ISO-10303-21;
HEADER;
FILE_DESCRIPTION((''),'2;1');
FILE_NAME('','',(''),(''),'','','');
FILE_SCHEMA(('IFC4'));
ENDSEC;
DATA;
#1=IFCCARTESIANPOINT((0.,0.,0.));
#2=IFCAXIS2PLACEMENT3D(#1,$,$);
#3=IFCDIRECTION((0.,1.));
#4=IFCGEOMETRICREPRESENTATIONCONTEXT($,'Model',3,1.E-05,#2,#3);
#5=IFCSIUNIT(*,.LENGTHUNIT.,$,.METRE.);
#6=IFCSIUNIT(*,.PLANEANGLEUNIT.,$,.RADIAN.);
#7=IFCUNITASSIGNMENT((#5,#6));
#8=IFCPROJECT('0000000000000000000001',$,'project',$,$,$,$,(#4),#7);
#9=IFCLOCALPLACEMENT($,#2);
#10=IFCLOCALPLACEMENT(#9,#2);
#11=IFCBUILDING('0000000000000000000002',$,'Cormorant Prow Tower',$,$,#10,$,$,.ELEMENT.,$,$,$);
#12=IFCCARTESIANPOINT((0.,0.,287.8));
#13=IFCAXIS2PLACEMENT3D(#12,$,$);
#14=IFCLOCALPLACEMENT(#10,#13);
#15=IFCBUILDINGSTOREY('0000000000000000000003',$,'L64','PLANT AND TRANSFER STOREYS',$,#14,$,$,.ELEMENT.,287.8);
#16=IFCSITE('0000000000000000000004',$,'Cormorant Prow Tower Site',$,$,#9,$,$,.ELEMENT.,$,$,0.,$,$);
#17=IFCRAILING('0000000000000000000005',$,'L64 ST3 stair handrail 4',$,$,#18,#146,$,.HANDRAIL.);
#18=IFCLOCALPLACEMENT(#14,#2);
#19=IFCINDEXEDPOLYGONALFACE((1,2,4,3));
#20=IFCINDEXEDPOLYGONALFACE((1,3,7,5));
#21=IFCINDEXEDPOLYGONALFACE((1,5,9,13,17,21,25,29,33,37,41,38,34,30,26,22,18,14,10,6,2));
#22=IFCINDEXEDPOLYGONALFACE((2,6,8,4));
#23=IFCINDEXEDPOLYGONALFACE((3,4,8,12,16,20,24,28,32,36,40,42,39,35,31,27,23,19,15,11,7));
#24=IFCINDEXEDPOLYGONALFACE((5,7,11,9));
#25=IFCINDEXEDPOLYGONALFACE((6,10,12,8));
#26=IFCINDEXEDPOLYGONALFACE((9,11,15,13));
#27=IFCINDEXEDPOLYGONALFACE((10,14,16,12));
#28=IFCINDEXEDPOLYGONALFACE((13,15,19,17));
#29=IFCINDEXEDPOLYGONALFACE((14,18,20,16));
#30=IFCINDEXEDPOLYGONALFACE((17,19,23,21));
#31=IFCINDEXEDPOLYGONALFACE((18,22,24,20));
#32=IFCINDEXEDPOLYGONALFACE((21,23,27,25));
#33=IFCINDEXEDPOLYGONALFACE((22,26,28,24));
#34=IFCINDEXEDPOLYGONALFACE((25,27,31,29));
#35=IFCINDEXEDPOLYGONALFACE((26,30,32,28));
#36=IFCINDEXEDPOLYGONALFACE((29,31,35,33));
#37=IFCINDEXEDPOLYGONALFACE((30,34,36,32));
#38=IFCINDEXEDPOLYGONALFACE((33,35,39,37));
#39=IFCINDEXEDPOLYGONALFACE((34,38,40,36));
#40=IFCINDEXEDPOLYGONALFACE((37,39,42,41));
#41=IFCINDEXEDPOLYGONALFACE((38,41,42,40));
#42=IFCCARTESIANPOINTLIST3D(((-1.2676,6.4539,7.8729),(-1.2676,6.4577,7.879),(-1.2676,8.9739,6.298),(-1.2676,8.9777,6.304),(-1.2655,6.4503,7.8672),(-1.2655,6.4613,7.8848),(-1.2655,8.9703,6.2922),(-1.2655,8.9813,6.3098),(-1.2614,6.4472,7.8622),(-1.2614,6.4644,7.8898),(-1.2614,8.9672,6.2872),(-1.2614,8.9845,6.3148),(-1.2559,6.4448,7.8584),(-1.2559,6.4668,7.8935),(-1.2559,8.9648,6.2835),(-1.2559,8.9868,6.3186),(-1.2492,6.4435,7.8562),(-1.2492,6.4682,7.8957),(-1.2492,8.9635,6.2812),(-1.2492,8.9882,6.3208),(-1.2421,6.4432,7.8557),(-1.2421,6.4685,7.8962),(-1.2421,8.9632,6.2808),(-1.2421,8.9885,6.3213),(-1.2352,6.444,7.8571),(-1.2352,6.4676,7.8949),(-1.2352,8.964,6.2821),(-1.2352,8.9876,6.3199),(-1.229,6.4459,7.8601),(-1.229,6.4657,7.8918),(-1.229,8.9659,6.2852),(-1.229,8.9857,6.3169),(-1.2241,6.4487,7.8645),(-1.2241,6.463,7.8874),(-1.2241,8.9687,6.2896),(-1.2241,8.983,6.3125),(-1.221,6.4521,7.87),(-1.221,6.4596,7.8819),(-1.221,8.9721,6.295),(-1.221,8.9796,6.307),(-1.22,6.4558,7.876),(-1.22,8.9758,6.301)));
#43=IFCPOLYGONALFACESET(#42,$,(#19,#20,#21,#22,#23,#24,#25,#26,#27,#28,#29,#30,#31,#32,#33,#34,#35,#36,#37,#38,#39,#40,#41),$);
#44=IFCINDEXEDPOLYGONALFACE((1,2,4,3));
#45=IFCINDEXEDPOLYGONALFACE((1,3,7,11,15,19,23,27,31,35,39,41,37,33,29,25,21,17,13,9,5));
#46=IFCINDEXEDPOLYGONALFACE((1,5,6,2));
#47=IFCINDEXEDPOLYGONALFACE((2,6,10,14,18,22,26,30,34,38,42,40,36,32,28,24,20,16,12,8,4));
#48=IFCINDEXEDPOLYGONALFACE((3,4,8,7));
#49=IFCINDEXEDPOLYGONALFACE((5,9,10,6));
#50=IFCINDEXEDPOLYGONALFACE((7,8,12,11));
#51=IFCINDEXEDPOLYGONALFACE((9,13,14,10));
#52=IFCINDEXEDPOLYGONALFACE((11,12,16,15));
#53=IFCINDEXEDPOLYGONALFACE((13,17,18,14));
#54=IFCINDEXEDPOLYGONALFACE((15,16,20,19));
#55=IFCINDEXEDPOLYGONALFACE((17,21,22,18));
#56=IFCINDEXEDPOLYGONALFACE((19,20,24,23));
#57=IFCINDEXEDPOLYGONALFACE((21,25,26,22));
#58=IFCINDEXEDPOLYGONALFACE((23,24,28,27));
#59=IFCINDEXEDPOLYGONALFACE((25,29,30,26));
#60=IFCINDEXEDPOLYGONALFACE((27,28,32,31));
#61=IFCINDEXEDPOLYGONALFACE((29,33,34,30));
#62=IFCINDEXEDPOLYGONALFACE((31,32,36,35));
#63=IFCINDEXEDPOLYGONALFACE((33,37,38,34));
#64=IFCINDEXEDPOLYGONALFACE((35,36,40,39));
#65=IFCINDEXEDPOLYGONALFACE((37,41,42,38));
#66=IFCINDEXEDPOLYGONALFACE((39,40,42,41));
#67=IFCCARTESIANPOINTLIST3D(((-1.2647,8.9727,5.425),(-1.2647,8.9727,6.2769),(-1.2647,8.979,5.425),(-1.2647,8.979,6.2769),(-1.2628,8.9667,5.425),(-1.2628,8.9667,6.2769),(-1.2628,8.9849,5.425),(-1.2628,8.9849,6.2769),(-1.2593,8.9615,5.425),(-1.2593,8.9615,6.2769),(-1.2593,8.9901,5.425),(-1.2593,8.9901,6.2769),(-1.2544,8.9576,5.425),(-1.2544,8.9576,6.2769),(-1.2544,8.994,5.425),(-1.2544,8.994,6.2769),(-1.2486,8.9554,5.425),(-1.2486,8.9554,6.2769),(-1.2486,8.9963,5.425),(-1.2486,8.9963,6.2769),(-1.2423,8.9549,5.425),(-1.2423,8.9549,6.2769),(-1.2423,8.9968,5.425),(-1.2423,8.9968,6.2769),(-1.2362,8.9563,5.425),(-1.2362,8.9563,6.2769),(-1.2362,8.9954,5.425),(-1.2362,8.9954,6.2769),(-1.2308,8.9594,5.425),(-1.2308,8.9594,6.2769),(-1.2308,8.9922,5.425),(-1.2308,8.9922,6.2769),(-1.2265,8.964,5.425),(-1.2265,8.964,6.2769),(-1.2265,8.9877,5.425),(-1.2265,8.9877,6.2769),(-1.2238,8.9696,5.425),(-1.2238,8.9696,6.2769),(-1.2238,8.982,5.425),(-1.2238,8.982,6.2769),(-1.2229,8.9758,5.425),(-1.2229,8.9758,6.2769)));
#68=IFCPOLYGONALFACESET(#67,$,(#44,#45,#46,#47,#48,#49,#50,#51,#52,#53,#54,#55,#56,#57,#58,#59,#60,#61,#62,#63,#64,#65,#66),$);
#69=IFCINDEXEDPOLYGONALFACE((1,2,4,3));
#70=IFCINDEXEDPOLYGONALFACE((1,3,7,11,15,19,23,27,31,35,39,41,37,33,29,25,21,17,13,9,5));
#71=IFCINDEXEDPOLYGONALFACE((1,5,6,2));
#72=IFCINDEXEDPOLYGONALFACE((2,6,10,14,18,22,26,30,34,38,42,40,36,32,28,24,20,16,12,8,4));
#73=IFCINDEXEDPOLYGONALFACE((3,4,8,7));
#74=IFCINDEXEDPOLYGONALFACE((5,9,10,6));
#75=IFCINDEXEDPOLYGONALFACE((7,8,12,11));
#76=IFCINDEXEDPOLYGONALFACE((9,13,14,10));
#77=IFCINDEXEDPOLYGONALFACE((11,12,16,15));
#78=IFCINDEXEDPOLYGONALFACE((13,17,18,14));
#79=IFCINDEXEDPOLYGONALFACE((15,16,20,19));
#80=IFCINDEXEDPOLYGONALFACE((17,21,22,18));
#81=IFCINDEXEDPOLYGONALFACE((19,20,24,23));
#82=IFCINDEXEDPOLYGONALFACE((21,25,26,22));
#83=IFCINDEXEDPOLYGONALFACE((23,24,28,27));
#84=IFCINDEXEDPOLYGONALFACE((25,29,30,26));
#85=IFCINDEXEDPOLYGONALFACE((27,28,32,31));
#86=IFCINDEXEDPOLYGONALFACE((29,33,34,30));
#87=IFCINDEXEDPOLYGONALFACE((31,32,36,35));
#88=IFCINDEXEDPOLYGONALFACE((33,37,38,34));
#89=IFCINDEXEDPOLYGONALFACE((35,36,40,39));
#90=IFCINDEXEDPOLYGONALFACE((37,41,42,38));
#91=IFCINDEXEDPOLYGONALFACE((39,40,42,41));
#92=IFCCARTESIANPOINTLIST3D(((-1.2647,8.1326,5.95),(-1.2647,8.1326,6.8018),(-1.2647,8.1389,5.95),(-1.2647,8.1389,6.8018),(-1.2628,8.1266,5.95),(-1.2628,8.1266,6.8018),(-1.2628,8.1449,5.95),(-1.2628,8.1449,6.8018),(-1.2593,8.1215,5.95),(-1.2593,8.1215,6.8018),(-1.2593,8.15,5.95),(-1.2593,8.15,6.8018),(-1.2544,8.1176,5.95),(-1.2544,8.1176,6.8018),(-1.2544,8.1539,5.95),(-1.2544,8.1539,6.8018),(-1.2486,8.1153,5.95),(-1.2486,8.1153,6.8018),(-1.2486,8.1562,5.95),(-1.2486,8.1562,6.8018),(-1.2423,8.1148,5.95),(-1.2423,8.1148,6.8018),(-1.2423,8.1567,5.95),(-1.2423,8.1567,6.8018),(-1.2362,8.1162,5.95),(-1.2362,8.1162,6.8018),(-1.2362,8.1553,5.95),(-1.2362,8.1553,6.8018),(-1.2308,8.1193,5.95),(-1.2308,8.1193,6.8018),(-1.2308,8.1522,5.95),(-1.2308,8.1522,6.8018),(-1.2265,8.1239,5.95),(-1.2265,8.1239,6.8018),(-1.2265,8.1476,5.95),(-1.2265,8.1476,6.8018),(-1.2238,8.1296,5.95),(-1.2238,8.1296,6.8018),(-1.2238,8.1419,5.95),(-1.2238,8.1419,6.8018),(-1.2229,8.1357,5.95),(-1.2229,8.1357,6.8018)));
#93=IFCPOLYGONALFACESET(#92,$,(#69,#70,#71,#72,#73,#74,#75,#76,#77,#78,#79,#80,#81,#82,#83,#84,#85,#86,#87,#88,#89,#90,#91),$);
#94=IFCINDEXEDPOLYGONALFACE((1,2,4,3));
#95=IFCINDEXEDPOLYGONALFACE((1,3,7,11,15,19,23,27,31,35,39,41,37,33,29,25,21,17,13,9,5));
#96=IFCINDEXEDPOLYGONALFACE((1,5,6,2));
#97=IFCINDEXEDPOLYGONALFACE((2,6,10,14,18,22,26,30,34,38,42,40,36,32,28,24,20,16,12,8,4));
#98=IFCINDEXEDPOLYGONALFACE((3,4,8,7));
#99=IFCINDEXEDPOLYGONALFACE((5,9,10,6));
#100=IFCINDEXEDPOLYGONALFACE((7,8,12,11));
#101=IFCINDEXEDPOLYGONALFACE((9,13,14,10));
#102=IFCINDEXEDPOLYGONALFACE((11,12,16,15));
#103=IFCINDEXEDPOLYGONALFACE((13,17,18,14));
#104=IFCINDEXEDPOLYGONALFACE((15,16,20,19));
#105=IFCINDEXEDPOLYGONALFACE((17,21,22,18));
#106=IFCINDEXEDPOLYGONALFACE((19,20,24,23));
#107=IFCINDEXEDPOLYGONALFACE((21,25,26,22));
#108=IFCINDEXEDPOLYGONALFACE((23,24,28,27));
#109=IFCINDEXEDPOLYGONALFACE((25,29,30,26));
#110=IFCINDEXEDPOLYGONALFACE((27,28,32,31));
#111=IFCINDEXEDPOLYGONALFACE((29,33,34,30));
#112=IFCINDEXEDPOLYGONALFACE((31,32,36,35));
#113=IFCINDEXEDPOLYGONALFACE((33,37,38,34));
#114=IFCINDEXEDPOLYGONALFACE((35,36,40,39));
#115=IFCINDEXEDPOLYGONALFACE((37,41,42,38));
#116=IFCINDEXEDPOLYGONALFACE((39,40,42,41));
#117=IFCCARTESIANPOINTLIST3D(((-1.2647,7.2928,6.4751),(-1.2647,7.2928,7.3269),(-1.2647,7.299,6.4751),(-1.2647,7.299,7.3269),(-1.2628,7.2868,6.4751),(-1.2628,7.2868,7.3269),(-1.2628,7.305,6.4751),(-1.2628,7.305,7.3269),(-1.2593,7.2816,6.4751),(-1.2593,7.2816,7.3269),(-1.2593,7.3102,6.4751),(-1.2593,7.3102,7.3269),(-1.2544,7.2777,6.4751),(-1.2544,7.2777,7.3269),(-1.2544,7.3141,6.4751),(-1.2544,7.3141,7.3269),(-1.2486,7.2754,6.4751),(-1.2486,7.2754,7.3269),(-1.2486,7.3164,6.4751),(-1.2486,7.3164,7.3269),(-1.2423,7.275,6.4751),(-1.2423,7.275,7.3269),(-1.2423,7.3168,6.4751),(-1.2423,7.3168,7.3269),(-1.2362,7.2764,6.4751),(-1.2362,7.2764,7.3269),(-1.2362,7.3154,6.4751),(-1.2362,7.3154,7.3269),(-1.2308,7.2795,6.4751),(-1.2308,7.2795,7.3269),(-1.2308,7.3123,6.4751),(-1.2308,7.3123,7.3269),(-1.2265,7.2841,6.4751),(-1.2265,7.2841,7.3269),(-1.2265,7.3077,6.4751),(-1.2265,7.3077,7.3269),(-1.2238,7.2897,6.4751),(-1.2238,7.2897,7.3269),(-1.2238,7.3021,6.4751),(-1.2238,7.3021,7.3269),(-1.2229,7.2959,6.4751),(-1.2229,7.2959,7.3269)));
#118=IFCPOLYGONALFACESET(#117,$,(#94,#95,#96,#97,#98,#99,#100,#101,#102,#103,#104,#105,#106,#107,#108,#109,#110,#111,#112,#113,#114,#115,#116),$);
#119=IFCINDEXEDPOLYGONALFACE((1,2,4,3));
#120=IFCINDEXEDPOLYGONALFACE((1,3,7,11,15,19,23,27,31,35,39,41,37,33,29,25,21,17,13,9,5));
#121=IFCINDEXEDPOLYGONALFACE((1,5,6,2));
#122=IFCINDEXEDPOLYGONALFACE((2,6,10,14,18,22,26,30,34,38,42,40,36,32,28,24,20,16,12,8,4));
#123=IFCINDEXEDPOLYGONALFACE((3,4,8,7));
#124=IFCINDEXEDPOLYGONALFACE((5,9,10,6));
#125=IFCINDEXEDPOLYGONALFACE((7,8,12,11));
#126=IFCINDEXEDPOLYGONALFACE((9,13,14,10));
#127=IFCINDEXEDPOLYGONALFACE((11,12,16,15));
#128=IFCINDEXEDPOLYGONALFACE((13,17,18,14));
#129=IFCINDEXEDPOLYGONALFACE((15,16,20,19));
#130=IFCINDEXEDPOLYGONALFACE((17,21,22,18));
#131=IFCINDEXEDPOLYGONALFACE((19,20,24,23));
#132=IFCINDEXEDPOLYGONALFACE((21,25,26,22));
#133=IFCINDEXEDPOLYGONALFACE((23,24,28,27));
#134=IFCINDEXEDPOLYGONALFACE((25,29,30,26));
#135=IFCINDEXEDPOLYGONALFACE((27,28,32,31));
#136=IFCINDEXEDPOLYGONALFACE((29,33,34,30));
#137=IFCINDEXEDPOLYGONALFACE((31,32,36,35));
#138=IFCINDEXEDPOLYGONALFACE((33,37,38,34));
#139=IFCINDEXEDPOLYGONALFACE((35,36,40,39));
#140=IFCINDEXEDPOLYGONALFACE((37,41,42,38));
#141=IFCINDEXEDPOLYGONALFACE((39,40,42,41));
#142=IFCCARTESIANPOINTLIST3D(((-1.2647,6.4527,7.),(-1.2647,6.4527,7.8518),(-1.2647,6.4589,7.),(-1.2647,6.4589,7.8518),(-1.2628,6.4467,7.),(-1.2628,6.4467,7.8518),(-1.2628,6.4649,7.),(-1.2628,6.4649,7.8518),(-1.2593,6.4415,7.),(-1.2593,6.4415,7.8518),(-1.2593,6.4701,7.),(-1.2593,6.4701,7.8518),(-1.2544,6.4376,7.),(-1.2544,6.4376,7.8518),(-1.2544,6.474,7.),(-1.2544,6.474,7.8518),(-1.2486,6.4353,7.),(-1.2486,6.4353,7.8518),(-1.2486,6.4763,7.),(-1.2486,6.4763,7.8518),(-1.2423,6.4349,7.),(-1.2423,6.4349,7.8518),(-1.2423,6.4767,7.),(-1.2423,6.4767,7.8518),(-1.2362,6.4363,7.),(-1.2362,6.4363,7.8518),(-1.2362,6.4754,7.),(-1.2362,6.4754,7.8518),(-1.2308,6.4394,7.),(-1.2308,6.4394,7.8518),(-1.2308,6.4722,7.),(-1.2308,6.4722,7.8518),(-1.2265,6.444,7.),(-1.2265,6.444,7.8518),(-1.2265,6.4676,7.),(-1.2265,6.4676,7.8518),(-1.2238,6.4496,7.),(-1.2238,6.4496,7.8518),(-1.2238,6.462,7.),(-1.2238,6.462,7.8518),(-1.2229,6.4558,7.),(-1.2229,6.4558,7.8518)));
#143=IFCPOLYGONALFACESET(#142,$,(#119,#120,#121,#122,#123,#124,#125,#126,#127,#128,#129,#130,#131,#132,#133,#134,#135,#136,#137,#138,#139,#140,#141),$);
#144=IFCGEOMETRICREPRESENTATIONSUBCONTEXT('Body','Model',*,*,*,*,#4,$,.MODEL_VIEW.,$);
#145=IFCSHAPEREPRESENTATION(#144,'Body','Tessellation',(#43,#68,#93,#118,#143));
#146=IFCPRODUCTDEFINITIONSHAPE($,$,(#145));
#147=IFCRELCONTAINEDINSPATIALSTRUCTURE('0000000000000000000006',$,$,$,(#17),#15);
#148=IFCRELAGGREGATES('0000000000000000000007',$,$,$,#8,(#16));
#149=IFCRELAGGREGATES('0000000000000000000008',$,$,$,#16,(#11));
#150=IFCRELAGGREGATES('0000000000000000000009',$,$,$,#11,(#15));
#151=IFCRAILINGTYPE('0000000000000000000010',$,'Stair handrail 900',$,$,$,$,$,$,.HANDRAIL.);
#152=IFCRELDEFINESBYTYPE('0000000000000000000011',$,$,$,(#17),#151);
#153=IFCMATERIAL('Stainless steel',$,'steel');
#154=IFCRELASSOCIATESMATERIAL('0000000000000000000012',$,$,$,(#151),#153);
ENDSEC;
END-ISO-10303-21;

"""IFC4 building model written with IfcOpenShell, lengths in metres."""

from ifc_helpers import new_model, si_unit, direction, frame, origin, origin_2d, place, context, subcontext, project, spatial, circle, extrude, material, type_object, element, save


model = new_model("IFC4")

# Units and contexts
model_context = context("Model", 3, precision=1e-05, world=origin(), true_north=direction((0.0, 1.0)))
body_context = subcontext(model_context, "Body", "Model", "MODEL_VIEW")
ifc_project = project(units=[si_unit("LENGTHUNIT", "METRE"), si_unit("PLANEANGLEUNIT", "RADIAN")], contexts=[model_context])

# Site, building, storey
site_placement = place(None, origin())
site = spatial("IfcSite", under=ifc_project, at=site_placement, Name="Cormorant Prow Tower Site", CompositionType="ELEMENT", RefElevation=0.0)
building_placement = place(site_placement, origin())
building = spatial("IfcBuilding", under=site, at=building_placement, Name="Cormorant Prow Tower", CompositionType="ELEMENT")
storey_placement = place(building_placement, frame((0.0, 0.0, 287.8)))
storey = spatial("IfcBuildingStorey", under=building, at=storey_placement, Name="L64", Description="PLANT AND TRANSFER STOREYS", CompositionType="ELEMENT", Elevation=287.8)

# Railing
ifc_material_1 = material(Name="Stainless steel", Category="steel")
railing_type = type_object("IfcRailingType", Name="Stair handrail 900", PredefinedType="HANDRAIL", material=ifc_material_1)
for number, where, name in (
    (1, (-1.2439, 8.9758, 5.425), "L64 ST3 stair handrail 4"),
):
    element("IfcRailing", number, at=place(storey_placement, frame(where)), inside=storey, type_object=railing_type, Name=name, PredefinedType="HANDRAIL", context=body_context, shape_type="SweptSolid", body=[
        extrude(circle(Radius=0.0239, at=origin_2d()), frame((0.0, 0.0, 0.876), z_axis=(0.0, -0.848008, 0.529984), x_axis=(1.0, 0.0, 0.0)), (0.0, 0.0, 1.0), 2.9717),
        extrude(circle(Radius=0.021, at=origin_2d()), origin(), (0.0, 0.0, 1.0), 0.8518),
        extrude(circle(Radius=0.021, at=origin_2d()), frame((0.0, -0.8401, 0.5249)), (0.0, 0.0, 1.0), 0.8518),
        extrude(circle(Radius=0.021, at=origin_2d()), frame((0.0, -1.6799, 1.05)), (0.0, 0.0, 1.0), 0.8518),
        extrude(circle(Radius=0.021, at=origin_2d()), frame((0.0, -2.52, 1.575)), (0.0, 0.0, 1.0), 0.8518),
    ])

save(model, "model.ifc")
